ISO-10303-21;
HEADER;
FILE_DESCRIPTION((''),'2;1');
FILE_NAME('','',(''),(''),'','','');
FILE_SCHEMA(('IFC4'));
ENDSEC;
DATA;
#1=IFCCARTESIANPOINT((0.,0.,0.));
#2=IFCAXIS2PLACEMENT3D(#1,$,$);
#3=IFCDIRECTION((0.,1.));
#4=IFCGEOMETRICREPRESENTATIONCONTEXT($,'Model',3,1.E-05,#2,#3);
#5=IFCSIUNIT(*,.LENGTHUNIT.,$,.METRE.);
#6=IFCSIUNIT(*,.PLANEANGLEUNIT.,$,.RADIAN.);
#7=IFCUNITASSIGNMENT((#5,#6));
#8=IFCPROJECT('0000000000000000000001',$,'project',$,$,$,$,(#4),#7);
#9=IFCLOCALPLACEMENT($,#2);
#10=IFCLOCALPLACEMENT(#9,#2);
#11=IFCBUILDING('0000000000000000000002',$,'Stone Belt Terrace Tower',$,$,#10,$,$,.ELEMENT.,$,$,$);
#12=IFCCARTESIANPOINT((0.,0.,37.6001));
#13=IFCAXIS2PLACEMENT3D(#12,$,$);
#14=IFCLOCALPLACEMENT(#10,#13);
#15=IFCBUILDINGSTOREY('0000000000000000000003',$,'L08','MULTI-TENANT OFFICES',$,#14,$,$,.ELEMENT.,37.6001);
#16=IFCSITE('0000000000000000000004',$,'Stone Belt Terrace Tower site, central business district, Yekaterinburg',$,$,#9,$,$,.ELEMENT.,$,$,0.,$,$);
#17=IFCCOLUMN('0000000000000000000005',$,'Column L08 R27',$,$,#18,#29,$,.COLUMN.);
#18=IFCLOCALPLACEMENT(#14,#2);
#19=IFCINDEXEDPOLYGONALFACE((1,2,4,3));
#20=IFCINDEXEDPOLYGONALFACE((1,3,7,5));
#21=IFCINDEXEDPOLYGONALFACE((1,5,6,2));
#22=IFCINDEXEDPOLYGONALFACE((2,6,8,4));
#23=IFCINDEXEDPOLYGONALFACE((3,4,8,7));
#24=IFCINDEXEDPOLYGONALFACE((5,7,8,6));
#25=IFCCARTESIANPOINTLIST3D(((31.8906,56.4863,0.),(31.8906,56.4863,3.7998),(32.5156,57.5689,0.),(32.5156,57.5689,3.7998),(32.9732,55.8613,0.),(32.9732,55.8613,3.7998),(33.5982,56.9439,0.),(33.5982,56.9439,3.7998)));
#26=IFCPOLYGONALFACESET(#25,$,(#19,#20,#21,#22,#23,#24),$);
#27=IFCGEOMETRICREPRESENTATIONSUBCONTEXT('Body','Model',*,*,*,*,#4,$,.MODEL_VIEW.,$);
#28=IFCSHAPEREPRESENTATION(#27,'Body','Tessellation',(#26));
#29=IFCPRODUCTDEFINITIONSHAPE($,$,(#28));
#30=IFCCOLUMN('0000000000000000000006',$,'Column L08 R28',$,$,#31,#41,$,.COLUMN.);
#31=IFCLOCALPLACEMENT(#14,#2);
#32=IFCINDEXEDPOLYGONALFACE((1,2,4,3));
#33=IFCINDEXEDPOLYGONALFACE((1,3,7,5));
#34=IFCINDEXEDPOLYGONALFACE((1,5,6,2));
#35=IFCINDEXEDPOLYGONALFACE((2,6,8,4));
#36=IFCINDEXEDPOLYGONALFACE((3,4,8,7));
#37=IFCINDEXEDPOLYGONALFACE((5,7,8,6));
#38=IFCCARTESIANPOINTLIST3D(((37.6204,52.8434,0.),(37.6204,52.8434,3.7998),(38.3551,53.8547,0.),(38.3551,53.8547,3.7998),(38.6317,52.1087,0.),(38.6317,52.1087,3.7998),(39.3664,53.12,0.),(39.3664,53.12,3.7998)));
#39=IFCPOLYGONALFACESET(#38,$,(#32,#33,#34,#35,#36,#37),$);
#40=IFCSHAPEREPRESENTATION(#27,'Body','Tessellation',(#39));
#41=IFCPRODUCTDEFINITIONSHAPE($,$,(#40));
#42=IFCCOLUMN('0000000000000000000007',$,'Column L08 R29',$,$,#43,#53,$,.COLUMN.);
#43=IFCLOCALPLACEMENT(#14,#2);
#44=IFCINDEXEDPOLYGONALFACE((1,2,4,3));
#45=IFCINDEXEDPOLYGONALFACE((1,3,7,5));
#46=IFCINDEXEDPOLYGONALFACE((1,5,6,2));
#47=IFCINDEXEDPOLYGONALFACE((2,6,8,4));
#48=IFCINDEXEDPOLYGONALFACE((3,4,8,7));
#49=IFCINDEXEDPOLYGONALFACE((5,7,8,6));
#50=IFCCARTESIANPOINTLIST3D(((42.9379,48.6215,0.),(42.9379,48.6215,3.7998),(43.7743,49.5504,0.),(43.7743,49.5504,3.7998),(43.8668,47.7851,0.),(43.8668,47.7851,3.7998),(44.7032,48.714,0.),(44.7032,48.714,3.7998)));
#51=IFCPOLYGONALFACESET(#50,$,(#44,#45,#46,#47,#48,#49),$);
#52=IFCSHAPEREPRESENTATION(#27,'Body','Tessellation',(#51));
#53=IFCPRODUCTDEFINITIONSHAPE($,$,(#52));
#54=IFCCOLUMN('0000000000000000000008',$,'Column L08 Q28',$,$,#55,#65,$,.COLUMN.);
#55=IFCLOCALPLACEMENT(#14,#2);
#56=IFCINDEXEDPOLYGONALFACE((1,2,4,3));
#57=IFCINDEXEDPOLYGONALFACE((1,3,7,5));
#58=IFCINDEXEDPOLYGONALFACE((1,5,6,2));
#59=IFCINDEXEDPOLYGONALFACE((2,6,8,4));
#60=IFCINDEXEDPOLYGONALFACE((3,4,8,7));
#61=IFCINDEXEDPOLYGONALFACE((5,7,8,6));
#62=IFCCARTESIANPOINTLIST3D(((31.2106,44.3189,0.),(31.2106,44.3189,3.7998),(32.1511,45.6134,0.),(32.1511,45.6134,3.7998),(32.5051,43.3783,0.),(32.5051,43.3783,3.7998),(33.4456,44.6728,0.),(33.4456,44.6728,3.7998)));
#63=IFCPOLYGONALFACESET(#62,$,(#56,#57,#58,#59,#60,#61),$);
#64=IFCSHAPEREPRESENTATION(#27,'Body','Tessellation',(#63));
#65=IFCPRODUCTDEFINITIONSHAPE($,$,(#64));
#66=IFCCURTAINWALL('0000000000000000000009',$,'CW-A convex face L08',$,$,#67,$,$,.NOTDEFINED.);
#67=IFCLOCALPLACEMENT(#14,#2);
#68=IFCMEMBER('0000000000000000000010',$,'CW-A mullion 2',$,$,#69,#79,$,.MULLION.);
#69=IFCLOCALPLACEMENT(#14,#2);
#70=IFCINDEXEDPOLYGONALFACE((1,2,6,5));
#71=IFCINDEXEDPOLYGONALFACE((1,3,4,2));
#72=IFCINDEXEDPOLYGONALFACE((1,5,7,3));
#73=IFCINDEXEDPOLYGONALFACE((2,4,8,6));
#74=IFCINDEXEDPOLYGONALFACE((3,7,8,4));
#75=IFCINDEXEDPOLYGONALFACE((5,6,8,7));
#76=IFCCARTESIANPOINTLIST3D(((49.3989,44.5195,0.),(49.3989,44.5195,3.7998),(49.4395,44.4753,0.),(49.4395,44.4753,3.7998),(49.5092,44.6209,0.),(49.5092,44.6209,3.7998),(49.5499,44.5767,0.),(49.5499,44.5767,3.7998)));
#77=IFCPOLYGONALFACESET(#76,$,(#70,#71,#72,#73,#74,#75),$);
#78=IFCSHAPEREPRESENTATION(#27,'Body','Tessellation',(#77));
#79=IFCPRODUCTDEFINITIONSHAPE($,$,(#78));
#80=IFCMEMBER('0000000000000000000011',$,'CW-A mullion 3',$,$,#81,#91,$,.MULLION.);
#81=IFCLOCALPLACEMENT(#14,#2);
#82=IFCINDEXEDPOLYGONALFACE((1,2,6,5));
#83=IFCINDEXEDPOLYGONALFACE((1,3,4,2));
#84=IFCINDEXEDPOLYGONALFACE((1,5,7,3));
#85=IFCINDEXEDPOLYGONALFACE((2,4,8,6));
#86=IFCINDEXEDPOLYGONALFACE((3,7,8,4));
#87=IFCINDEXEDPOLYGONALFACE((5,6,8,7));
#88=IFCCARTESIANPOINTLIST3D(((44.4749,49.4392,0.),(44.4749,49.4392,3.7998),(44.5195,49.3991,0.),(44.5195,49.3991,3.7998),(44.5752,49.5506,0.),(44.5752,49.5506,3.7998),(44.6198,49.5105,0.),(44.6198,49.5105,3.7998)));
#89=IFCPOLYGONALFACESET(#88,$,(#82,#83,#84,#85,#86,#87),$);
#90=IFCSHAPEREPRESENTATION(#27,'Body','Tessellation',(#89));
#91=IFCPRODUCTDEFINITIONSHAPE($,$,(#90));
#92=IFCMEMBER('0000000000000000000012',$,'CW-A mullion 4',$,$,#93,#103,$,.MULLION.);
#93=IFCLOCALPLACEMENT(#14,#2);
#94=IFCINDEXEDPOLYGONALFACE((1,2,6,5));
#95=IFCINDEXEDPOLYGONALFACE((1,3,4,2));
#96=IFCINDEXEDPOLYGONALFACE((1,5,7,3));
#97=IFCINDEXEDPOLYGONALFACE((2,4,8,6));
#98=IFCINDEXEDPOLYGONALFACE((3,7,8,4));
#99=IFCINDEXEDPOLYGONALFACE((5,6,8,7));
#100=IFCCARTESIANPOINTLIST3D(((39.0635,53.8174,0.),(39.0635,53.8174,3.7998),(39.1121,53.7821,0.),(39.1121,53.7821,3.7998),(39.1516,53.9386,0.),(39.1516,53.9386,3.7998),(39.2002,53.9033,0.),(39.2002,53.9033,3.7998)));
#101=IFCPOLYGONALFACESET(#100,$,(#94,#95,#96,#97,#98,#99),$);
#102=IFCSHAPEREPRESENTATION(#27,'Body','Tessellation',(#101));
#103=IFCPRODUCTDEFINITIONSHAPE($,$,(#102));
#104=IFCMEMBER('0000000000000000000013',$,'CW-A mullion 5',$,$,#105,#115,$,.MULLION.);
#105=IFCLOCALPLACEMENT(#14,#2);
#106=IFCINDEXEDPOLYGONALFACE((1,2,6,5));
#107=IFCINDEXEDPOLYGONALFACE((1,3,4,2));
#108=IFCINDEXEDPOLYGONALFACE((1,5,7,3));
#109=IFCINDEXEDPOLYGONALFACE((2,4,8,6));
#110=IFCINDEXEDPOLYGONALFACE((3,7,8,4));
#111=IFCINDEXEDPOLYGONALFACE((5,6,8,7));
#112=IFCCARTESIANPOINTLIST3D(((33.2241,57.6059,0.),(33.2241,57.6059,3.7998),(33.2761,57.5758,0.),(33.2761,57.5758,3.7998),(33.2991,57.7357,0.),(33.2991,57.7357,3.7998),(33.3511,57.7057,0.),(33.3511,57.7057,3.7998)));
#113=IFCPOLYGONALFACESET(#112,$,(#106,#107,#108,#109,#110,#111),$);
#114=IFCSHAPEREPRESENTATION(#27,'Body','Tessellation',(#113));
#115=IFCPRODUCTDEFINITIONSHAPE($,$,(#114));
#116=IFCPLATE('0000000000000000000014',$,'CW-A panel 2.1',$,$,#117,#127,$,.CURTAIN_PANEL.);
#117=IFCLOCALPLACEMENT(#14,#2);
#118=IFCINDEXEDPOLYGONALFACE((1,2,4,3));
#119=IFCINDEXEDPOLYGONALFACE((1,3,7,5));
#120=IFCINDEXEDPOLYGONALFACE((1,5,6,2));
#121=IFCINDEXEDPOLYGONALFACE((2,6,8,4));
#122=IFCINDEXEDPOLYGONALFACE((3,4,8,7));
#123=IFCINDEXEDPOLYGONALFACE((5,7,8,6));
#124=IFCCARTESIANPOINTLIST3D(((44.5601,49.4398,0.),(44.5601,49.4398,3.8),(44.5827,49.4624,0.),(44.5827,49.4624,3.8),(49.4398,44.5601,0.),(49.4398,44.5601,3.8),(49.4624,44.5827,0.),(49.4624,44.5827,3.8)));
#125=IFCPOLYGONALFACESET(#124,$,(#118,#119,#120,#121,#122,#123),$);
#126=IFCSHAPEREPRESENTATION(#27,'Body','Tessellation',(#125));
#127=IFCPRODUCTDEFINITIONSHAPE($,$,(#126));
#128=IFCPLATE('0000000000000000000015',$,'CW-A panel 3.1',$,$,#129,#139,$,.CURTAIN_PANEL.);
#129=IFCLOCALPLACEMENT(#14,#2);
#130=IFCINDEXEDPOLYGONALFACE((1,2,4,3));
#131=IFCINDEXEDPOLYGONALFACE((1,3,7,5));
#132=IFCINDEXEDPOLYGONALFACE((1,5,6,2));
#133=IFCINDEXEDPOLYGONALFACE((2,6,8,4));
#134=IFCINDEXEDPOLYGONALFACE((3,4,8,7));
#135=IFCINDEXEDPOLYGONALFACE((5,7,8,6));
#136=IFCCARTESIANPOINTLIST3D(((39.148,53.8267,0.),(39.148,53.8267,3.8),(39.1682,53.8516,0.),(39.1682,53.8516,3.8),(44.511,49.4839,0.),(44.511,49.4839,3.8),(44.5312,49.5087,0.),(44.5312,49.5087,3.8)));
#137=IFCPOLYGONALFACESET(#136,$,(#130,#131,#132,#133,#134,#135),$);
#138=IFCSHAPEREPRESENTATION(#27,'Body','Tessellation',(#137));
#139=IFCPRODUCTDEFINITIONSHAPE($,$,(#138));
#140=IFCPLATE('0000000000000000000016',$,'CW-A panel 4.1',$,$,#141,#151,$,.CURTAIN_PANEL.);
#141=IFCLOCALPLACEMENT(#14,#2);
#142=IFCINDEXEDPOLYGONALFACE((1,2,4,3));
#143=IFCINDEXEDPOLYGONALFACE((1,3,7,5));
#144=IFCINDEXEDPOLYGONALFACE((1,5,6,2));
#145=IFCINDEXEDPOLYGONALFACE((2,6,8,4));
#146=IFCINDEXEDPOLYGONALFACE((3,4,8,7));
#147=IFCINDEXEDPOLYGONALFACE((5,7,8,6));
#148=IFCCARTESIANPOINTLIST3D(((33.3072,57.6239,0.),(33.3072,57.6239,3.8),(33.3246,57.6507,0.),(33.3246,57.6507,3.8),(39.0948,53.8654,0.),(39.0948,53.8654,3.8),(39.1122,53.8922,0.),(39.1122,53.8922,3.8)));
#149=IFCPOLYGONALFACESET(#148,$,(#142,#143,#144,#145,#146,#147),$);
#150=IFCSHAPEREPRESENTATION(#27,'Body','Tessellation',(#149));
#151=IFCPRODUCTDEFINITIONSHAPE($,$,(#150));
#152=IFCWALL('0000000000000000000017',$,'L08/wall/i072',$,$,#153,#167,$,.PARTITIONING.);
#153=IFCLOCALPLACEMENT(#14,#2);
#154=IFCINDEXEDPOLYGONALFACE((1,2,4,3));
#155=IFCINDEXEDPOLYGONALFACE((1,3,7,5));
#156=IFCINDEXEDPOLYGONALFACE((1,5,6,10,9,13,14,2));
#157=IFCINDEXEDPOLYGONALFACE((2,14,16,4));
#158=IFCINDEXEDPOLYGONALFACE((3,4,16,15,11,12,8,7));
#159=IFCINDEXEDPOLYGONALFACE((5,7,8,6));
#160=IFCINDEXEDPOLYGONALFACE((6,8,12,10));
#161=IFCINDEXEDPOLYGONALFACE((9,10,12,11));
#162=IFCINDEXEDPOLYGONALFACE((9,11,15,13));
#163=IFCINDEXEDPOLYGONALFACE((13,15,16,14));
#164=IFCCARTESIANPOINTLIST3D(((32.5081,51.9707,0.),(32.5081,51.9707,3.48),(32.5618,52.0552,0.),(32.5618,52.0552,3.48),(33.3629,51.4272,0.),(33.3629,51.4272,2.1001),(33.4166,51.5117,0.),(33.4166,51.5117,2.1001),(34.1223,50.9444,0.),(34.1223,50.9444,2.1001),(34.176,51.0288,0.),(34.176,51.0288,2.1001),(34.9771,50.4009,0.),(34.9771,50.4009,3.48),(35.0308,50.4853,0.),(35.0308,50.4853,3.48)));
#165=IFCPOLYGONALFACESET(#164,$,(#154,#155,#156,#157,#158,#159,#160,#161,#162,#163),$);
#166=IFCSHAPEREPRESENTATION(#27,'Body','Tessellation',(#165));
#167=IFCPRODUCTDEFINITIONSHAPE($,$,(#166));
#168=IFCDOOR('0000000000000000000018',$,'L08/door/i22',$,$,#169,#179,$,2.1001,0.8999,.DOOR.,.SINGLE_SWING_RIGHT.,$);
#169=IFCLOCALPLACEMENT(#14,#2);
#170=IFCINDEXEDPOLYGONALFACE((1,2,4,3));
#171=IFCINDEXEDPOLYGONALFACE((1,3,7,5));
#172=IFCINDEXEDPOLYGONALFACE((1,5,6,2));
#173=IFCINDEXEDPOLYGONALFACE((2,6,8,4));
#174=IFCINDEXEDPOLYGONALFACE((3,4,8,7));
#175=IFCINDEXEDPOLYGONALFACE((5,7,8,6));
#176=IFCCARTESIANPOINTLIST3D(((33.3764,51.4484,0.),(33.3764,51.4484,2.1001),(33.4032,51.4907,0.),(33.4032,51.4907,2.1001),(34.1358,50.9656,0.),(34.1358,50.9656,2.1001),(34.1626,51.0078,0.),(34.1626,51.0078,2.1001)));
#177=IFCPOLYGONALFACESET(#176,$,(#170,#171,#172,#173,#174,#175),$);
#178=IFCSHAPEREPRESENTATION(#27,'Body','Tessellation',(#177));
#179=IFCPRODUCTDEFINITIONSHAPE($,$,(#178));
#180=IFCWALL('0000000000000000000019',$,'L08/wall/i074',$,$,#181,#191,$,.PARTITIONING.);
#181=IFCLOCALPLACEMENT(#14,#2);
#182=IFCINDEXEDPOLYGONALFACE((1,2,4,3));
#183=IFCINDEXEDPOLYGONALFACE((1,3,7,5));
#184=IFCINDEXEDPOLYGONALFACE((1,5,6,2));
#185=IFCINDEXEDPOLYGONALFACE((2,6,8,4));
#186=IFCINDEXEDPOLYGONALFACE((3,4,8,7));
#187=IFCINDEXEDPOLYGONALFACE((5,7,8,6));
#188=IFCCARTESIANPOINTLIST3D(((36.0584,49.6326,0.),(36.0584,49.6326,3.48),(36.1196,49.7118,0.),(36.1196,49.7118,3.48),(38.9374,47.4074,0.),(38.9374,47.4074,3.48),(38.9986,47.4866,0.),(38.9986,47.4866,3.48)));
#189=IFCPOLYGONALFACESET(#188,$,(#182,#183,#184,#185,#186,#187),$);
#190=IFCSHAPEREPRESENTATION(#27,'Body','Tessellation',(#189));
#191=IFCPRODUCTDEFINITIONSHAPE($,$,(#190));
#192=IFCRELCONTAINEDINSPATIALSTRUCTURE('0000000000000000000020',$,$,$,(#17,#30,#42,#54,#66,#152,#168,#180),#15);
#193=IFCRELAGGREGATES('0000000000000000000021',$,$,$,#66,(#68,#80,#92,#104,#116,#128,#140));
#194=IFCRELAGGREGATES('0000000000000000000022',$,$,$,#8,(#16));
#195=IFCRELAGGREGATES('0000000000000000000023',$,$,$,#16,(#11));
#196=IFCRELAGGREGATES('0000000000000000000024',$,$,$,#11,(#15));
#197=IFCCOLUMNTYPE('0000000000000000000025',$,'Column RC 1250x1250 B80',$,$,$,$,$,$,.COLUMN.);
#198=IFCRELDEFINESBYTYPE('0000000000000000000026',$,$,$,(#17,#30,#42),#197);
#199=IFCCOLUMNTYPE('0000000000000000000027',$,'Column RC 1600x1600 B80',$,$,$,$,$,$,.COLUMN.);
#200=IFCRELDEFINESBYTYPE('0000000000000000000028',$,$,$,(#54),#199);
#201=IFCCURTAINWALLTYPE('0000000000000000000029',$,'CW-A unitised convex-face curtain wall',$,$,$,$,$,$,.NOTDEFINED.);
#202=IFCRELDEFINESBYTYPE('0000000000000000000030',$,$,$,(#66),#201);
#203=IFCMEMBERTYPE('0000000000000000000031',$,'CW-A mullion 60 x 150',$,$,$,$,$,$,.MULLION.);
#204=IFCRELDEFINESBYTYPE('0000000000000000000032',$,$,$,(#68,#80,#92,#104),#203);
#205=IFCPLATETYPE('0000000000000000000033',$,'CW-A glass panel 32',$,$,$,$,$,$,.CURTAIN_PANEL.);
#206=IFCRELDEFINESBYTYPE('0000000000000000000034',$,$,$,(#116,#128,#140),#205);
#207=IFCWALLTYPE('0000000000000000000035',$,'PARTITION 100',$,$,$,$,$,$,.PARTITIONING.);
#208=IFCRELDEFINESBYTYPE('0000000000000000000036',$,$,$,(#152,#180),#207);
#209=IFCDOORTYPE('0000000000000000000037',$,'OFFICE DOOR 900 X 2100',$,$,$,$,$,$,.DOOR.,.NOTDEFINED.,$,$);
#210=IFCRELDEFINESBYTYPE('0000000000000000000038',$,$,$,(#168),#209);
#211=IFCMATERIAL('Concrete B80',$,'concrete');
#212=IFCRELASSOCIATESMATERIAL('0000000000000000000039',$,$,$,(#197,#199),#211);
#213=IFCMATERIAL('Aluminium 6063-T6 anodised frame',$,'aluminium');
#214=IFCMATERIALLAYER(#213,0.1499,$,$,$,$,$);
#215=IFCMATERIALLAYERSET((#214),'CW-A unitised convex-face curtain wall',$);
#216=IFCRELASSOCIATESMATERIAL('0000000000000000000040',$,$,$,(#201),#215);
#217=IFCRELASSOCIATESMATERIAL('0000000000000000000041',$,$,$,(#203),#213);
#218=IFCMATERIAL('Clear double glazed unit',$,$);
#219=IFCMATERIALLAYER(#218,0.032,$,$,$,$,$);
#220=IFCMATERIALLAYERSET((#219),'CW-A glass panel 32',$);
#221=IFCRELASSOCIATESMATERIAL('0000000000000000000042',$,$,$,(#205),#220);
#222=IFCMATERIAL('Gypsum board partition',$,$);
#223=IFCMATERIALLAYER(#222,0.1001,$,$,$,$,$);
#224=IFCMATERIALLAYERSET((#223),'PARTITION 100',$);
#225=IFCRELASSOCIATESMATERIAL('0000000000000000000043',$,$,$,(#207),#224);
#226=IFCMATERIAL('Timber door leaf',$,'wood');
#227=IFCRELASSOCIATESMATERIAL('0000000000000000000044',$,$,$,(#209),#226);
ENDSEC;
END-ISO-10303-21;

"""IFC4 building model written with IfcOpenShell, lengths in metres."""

from ifc_helpers import new_model, si_unit, direction, frame, frame_2d, origin, origin_2d, place, context, subcontext, project, spatial, rectangle, extrude, material, layer, layer_set, material_profile, profile_set, type_object, element, fill, aggregate, save


model = new_model("IFC4")

# Units and contexts
model_context = context("Model", 3, precision=1e-05, world=origin(), true_north=direction((0.0, 1.0)))
body_context = subcontext(model_context, "Body", "Model", "MODEL_VIEW")
ifc_project = project(units=[si_unit("LENGTHUNIT", "METRE"), si_unit("PLANEANGLEUNIT", "RADIAN")], contexts=[model_context])

# Site, building, storey
site_placement = place(None, origin())
site = spatial("IfcSite", under=ifc_project, at=site_placement, Name="Stone Belt Terrace Tower site, central business district, Yekaterinburg", CompositionType="ELEMENT", RefElevation=0.0)
building_placement = place(site_placement, origin())
building = spatial("IfcBuilding", under=site, at=building_placement, Name="Stone Belt Terrace Tower", CompositionType="ELEMENT")
storey_placement = place(building_placement, frame((0.0, 0.0, 37.6001)))
storey = spatial("IfcBuildingStorey", under=building, at=storey_placement, Name="L08", Description="MULTI-TENANT OFFICES", CompositionType="ELEMENT", Elevation=37.6001)

# Columns
ifc_material_1 = material(Name="Concrete B80", Category="concrete")
ifc_material_profile_1 = material_profile(ifc_material_1, rectangle(XDim=1.25, YDim=1.25, at=origin_2d()), Name="RC 1250x1250")
ifc_profile_set_1 = profile_set([ifc_material_profile_1], Name="Concrete B80")
column_type_1 = type_object("IfcColumnType", Name="Column RC 1250x1250 B80", PredefinedType="COLUMN", material=ifc_profile_set_1)
for number, where, z_axis, x_axis, name in (
    (1, (32.7444, 56.7151, 0.0), (0.0, 0.0, 1.0), (0.866025, -0.5, 0.0), "Column L08 R27"),
    (2, (38.4934, 52.9817, 0.0), (0.0, 0.0, 1.0), (0.809017, -0.587785, 0.0), "Column L08 R28"),
    (3, (43.8206, 48.6677, 0.0), (0.0, 0.0, 1.0), (0.743145, -0.669131, 0.0), "Column L08 R29"),
):
    element("IfcColumn", number, at=place(storey_placement, frame(where, z_axis=z_axis, x_axis=x_axis)), inside=storey, type_object=column_type_1, Name=name, PredefinedType="COLUMN", context=body_context, shape_type="SweptSolid", body=[
        extrude(rectangle(XDim=1.25, YDim=1.25, at=origin_2d()), origin(), (0.0, 0.0, 1.0), 3.7998),
    ])
ifc_material_profile_2 = material_profile(ifc_material_1, rectangle(XDim=1.6001, YDim=1.6001, at=origin_2d()), Name="RC 1600x1600")
ifc_profile_set_2 = profile_set([ifc_material_profile_2], Name="Concrete B80")
column_type_2 = type_object("IfcColumnType", Name="Column RC 1600x1600 B80", PredefinedType="COLUMN", material=ifc_profile_set_2)
column_placement = place(storey_placement, frame((32.3281, 44.4958, 0.0), z_axis=(0.0, 0.0, 1.0), x_axis=(0.809017, -0.587785, 0.0)))
element("IfcColumn", 4, at=column_placement, inside=storey, type_object=column_type_2, Name="Column L08 Q28", PredefinedType="COLUMN", context=body_context, shape_type="SweptSolid", body=[
    extrude(rectangle(XDim=1.6001, YDim=1.6001, at=origin_2d()), origin(), (0.0, 0.0, 1.0), 3.7998),
])

# Curtain wall, members, plates
ifc_material_2 = material(Name="Aluminium 6063-T6 anodised frame", Category="aluminium")
ifc_layer_1 = layer(ifc_material_2, 0.1499)
ifc_layer_set_1 = layer_set([ifc_layer_1], Name="CW-A unitised convex-face curtain wall")
curtain_wall_type = type_object("IfcCurtainWallType", Name="CW-A unitised convex-face curtain wall", PredefinedType="NOTDEFINED", material=ifc_layer_set_1)
curtain_wall_placement = place(storey_placement, origin())
curtain_wall = element("IfcCurtainWall", 5, at=curtain_wall_placement, inside=storey, type_object=curtain_wall_type, Name="CW-A convex face L08", PredefinedType="NOTDEFINED")
ifc_material_profile_3 = material_profile(ifc_material_2, rectangle(XDim=0.1499, YDim=0.0601, at=origin_2d()), Name="Aluminium 6063-T6 60x150")
ifc_profile_set_3 = profile_set([ifc_material_profile_3], Name="Aluminium 6063-T6 anodised frame")
member_type = type_object("IfcMemberType", Name="CW-A mullion 60 x 150", PredefinedType="MULLION", material=ifc_profile_set_3)
member_1_placement = place(storey_placement, frame((49.4744, 44.5481, 0.0), z_axis=(0.0, 0.0, 1.0), x_axis=(-0.736171, -0.676796, 0.0)))
member_1 = element("IfcMember", 6, at=member_1_placement, type_object=member_type, Name="CW-A mullion 2", PredefinedType="MULLION", context=body_context, shape_type="SweptSolid", body=[
    extrude(rectangle(XDim=0.1499, YDim=0.0601, at=origin_2d()), origin(), (0.0, 0.0, 1.0), 3.7998),
])
member_2_placement = place(storey_placement, frame((44.5474, 49.4749, 0.0), z_axis=(0.0, 0.0, 1.0), x_axis=(-0.669131, -0.743145, 0.0)))
member_2 = element("IfcMember", 7, at=member_2_placement, type_object=member_type, Name="CW-A mullion 3", PredefinedType="MULLION", context=body_context, shape_type="SweptSolid", body=[
    extrude(rectangle(XDim=0.1499, YDim=0.0601, at=origin_2d()), origin(), (0.0, 0.0, 1.0), 3.7998),
])
member_3_placement = place(storey_placement, frame((39.1318, 53.8604, 0.0), z_axis=(0.0, 0.0, 1.0), x_axis=(-0.587785, -0.809017, 0.0)))
member_3 = element("IfcMember", 8, at=member_3_placement, type_object=member_type, Name="CW-A mullion 4", PredefinedType="MULLION", context=body_context, shape_type="SweptSolid", body=[
    extrude(rectangle(XDim=0.1499, YDim=0.0601, at=origin_2d()), origin(), (0.0, 0.0, 1.0), 3.7998),
])
member_4_placement = place(storey_placement, frame((33.2876, 57.6558, 0.0), z_axis=(0.0, 0.0, 1.0), x_axis=(-0.5, -0.866025, 0.0)))
member_4 = element("IfcMember", 9, at=member_4_placement, type_object=member_type, Name="CW-A mullion 5", PredefinedType="MULLION", context=body_context, shape_type="SweptSolid", body=[
    extrude(rectangle(XDim=0.1499, YDim=0.0601, at=origin_2d()), origin(), (0.0, 0.0, 1.0), 3.7998),
])
ifc_material_3 = material(Name="Clear double glazed unit")
ifc_layer_2 = layer(ifc_material_3, 0.032)
ifc_layer_set_2 = layer_set([ifc_layer_2], Name="CW-A glass panel 32")
plate_type = type_object("IfcPlateType", Name="CW-A glass panel 32", PredefinedType="CURTAIN_PANEL", material=ifc_layer_set_2)
plate_1_placement = place(storey_placement, frame((47.0112, 47.0112, 0.0), z_axis=(0.0, 0.0, 1.0), x_axis=(-0.707107, 0.707107, 0.0)))
plate_1 = element("IfcPlate", 10, at=plate_1_placement, type_object=plate_type, Name="CW-A panel 2.1", PredefinedType="CURTAIN_PANEL", context=body_context, shape_type="SweptSolid", body=[
    extrude(rectangle(XDim=6.9009, YDim=0.032, at=origin_2d()), origin(), (0.0, 0.0, 1.0), 3.8),
])
plate_2_placement = place(storey_placement, frame((41.8396, 51.6677, 0.0), z_axis=(0.0, 0.0, 1.0), x_axis=(-0.777146, 0.62932, 0.0)))
plate_2 = element("IfcPlate", 11, at=plate_2_placement, type_object=plate_type, Name="CW-A panel 3.1", PredefinedType="CURTAIN_PANEL", context=body_context, shape_type="SweptSolid", body=[
    extrude(rectangle(XDim=6.9009, YDim=0.032, at=origin_2d()), origin(), (0.0, 0.0, 1.0), 3.8),
])
plate_3_placement = place(storey_placement, frame((36.2097, 55.7581, 0.0), z_axis=(0.0, 0.0, 1.0), x_axis=(-0.838671, 0.544639, 0.0)))
plate_3 = element("IfcPlate", 12, at=plate_3_placement, type_object=plate_type, Name="CW-A panel 4.1", PredefinedType="CURTAIN_PANEL", context=body_context, shape_type="SweptSolid", body=[
    extrude(rectangle(XDim=6.9009, YDim=0.032, at=origin_2d()), origin(), (0.0, 0.0, 1.0), 3.8),
])
aggregate(curtain_wall, [member_1, member_2, member_3, member_4, plate_1, plate_2, plate_3])

# Wall, opening, door
ifc_material_4 = material(Name="Gypsum board partition")
ifc_layer_3 = layer(ifc_material_4, 0.1001)
ifc_layer_set_3 = layer_set([ifc_layer_3], Name="PARTITION 100")
wall_type_1 = type_object("IfcWallType", Name="PARTITION 100", PredefinedType="PARTITIONING", material=ifc_layer_set_3)
wall_1_placement = place(storey_placement, frame((35.0039, 50.4431, 0.0), z_axis=(0.0, 0.0, 1.0), x_axis=(-0.843871, 0.536546, 0.0)))
wall_1 = element("IfcWall", 13, at=wall_1_placement, inside=storey, type_object=wall_type_1, Name="L08/wall/i072", PredefinedType="PARTITIONING", context=body_context, shape_type="SweptSolid", body=[
    extrude(rectangle(XDim=2.9258, YDim=0.1001, at=frame_2d((1.4629, 0.0))), origin(), (0.0, 0.0, 1.0), 3.48),
])
opening_1_placement = place(wall_1_placement, frame((1.0129, 0.0, 0.0)))
opening_1 = element("IfcOpeningElement", 14, at=opening_1_placement, cuts=wall_1, PredefinedType="OPENING", context=body_context, shape_type="SweptSolid", body=[
    extrude(rectangle(XDim=0.8999, YDim=2.1001, at=frame_2d((0.45, 1.05))), frame((0.0, 0.0601, 0.0), z_axis=(0.0, -1.0, 0.0), x_axis=(1.0, 0.0, 0.0)), (0.0, 0.0, 1.0), 0.1201),
])
ifc_material_5 = material(Name="Timber door leaf", Category="wood")
door_type_1 = type_object("IfcDoorType", Name="OFFICE DOOR 900 X 2100", OperationType="NOTDEFINED", PredefinedType="DOOR", material=ifc_material_5)
door_1_placement = place(opening_1_placement, origin())
door_1 = element("IfcDoor", 15, at=door_1_placement, inside=storey, type_object=door_type_1, Name="L08/door/i22", OperationType="SINGLE_SWING_RIGHT", OverallHeight=2.1001, OverallWidth=0.8999, PredefinedType="DOOR", context=body_context, shape_type="SweptSolid", body=[
    extrude(rectangle(XDim=0.8999, YDim=2.1001, at=frame_2d((0.45, 1.05))), frame((0.0, 0.0249, 0.0), z_axis=(0.0, -1.0, 0.0), x_axis=(1.0, 0.0, 0.0)), (0.0, 0.0, 1.0), 0.05),
])
fill(opening_1, door_1)

# Wall
wall_2_placement = place(storey_placement, frame((38.968, 47.447, 0.0), z_axis=(0.0, 0.0, 1.0), x_axis=(-0.79122, 0.611532, 0.0)))
element("IfcWall", 16, at=wall_2_placement, inside=storey, type_object=wall_type_1, Name="L08/wall/i074", PredefinedType="PARTITIONING", context=body_context, shape_type="SweptSolid", body=[
    extrude(rectangle(XDim=3.6387, YDim=0.1001, at=frame_2d((1.8193, 0.0))), origin(), (0.0, 0.0, 1.0), 3.48),
])

save(model, "model.ifc")
